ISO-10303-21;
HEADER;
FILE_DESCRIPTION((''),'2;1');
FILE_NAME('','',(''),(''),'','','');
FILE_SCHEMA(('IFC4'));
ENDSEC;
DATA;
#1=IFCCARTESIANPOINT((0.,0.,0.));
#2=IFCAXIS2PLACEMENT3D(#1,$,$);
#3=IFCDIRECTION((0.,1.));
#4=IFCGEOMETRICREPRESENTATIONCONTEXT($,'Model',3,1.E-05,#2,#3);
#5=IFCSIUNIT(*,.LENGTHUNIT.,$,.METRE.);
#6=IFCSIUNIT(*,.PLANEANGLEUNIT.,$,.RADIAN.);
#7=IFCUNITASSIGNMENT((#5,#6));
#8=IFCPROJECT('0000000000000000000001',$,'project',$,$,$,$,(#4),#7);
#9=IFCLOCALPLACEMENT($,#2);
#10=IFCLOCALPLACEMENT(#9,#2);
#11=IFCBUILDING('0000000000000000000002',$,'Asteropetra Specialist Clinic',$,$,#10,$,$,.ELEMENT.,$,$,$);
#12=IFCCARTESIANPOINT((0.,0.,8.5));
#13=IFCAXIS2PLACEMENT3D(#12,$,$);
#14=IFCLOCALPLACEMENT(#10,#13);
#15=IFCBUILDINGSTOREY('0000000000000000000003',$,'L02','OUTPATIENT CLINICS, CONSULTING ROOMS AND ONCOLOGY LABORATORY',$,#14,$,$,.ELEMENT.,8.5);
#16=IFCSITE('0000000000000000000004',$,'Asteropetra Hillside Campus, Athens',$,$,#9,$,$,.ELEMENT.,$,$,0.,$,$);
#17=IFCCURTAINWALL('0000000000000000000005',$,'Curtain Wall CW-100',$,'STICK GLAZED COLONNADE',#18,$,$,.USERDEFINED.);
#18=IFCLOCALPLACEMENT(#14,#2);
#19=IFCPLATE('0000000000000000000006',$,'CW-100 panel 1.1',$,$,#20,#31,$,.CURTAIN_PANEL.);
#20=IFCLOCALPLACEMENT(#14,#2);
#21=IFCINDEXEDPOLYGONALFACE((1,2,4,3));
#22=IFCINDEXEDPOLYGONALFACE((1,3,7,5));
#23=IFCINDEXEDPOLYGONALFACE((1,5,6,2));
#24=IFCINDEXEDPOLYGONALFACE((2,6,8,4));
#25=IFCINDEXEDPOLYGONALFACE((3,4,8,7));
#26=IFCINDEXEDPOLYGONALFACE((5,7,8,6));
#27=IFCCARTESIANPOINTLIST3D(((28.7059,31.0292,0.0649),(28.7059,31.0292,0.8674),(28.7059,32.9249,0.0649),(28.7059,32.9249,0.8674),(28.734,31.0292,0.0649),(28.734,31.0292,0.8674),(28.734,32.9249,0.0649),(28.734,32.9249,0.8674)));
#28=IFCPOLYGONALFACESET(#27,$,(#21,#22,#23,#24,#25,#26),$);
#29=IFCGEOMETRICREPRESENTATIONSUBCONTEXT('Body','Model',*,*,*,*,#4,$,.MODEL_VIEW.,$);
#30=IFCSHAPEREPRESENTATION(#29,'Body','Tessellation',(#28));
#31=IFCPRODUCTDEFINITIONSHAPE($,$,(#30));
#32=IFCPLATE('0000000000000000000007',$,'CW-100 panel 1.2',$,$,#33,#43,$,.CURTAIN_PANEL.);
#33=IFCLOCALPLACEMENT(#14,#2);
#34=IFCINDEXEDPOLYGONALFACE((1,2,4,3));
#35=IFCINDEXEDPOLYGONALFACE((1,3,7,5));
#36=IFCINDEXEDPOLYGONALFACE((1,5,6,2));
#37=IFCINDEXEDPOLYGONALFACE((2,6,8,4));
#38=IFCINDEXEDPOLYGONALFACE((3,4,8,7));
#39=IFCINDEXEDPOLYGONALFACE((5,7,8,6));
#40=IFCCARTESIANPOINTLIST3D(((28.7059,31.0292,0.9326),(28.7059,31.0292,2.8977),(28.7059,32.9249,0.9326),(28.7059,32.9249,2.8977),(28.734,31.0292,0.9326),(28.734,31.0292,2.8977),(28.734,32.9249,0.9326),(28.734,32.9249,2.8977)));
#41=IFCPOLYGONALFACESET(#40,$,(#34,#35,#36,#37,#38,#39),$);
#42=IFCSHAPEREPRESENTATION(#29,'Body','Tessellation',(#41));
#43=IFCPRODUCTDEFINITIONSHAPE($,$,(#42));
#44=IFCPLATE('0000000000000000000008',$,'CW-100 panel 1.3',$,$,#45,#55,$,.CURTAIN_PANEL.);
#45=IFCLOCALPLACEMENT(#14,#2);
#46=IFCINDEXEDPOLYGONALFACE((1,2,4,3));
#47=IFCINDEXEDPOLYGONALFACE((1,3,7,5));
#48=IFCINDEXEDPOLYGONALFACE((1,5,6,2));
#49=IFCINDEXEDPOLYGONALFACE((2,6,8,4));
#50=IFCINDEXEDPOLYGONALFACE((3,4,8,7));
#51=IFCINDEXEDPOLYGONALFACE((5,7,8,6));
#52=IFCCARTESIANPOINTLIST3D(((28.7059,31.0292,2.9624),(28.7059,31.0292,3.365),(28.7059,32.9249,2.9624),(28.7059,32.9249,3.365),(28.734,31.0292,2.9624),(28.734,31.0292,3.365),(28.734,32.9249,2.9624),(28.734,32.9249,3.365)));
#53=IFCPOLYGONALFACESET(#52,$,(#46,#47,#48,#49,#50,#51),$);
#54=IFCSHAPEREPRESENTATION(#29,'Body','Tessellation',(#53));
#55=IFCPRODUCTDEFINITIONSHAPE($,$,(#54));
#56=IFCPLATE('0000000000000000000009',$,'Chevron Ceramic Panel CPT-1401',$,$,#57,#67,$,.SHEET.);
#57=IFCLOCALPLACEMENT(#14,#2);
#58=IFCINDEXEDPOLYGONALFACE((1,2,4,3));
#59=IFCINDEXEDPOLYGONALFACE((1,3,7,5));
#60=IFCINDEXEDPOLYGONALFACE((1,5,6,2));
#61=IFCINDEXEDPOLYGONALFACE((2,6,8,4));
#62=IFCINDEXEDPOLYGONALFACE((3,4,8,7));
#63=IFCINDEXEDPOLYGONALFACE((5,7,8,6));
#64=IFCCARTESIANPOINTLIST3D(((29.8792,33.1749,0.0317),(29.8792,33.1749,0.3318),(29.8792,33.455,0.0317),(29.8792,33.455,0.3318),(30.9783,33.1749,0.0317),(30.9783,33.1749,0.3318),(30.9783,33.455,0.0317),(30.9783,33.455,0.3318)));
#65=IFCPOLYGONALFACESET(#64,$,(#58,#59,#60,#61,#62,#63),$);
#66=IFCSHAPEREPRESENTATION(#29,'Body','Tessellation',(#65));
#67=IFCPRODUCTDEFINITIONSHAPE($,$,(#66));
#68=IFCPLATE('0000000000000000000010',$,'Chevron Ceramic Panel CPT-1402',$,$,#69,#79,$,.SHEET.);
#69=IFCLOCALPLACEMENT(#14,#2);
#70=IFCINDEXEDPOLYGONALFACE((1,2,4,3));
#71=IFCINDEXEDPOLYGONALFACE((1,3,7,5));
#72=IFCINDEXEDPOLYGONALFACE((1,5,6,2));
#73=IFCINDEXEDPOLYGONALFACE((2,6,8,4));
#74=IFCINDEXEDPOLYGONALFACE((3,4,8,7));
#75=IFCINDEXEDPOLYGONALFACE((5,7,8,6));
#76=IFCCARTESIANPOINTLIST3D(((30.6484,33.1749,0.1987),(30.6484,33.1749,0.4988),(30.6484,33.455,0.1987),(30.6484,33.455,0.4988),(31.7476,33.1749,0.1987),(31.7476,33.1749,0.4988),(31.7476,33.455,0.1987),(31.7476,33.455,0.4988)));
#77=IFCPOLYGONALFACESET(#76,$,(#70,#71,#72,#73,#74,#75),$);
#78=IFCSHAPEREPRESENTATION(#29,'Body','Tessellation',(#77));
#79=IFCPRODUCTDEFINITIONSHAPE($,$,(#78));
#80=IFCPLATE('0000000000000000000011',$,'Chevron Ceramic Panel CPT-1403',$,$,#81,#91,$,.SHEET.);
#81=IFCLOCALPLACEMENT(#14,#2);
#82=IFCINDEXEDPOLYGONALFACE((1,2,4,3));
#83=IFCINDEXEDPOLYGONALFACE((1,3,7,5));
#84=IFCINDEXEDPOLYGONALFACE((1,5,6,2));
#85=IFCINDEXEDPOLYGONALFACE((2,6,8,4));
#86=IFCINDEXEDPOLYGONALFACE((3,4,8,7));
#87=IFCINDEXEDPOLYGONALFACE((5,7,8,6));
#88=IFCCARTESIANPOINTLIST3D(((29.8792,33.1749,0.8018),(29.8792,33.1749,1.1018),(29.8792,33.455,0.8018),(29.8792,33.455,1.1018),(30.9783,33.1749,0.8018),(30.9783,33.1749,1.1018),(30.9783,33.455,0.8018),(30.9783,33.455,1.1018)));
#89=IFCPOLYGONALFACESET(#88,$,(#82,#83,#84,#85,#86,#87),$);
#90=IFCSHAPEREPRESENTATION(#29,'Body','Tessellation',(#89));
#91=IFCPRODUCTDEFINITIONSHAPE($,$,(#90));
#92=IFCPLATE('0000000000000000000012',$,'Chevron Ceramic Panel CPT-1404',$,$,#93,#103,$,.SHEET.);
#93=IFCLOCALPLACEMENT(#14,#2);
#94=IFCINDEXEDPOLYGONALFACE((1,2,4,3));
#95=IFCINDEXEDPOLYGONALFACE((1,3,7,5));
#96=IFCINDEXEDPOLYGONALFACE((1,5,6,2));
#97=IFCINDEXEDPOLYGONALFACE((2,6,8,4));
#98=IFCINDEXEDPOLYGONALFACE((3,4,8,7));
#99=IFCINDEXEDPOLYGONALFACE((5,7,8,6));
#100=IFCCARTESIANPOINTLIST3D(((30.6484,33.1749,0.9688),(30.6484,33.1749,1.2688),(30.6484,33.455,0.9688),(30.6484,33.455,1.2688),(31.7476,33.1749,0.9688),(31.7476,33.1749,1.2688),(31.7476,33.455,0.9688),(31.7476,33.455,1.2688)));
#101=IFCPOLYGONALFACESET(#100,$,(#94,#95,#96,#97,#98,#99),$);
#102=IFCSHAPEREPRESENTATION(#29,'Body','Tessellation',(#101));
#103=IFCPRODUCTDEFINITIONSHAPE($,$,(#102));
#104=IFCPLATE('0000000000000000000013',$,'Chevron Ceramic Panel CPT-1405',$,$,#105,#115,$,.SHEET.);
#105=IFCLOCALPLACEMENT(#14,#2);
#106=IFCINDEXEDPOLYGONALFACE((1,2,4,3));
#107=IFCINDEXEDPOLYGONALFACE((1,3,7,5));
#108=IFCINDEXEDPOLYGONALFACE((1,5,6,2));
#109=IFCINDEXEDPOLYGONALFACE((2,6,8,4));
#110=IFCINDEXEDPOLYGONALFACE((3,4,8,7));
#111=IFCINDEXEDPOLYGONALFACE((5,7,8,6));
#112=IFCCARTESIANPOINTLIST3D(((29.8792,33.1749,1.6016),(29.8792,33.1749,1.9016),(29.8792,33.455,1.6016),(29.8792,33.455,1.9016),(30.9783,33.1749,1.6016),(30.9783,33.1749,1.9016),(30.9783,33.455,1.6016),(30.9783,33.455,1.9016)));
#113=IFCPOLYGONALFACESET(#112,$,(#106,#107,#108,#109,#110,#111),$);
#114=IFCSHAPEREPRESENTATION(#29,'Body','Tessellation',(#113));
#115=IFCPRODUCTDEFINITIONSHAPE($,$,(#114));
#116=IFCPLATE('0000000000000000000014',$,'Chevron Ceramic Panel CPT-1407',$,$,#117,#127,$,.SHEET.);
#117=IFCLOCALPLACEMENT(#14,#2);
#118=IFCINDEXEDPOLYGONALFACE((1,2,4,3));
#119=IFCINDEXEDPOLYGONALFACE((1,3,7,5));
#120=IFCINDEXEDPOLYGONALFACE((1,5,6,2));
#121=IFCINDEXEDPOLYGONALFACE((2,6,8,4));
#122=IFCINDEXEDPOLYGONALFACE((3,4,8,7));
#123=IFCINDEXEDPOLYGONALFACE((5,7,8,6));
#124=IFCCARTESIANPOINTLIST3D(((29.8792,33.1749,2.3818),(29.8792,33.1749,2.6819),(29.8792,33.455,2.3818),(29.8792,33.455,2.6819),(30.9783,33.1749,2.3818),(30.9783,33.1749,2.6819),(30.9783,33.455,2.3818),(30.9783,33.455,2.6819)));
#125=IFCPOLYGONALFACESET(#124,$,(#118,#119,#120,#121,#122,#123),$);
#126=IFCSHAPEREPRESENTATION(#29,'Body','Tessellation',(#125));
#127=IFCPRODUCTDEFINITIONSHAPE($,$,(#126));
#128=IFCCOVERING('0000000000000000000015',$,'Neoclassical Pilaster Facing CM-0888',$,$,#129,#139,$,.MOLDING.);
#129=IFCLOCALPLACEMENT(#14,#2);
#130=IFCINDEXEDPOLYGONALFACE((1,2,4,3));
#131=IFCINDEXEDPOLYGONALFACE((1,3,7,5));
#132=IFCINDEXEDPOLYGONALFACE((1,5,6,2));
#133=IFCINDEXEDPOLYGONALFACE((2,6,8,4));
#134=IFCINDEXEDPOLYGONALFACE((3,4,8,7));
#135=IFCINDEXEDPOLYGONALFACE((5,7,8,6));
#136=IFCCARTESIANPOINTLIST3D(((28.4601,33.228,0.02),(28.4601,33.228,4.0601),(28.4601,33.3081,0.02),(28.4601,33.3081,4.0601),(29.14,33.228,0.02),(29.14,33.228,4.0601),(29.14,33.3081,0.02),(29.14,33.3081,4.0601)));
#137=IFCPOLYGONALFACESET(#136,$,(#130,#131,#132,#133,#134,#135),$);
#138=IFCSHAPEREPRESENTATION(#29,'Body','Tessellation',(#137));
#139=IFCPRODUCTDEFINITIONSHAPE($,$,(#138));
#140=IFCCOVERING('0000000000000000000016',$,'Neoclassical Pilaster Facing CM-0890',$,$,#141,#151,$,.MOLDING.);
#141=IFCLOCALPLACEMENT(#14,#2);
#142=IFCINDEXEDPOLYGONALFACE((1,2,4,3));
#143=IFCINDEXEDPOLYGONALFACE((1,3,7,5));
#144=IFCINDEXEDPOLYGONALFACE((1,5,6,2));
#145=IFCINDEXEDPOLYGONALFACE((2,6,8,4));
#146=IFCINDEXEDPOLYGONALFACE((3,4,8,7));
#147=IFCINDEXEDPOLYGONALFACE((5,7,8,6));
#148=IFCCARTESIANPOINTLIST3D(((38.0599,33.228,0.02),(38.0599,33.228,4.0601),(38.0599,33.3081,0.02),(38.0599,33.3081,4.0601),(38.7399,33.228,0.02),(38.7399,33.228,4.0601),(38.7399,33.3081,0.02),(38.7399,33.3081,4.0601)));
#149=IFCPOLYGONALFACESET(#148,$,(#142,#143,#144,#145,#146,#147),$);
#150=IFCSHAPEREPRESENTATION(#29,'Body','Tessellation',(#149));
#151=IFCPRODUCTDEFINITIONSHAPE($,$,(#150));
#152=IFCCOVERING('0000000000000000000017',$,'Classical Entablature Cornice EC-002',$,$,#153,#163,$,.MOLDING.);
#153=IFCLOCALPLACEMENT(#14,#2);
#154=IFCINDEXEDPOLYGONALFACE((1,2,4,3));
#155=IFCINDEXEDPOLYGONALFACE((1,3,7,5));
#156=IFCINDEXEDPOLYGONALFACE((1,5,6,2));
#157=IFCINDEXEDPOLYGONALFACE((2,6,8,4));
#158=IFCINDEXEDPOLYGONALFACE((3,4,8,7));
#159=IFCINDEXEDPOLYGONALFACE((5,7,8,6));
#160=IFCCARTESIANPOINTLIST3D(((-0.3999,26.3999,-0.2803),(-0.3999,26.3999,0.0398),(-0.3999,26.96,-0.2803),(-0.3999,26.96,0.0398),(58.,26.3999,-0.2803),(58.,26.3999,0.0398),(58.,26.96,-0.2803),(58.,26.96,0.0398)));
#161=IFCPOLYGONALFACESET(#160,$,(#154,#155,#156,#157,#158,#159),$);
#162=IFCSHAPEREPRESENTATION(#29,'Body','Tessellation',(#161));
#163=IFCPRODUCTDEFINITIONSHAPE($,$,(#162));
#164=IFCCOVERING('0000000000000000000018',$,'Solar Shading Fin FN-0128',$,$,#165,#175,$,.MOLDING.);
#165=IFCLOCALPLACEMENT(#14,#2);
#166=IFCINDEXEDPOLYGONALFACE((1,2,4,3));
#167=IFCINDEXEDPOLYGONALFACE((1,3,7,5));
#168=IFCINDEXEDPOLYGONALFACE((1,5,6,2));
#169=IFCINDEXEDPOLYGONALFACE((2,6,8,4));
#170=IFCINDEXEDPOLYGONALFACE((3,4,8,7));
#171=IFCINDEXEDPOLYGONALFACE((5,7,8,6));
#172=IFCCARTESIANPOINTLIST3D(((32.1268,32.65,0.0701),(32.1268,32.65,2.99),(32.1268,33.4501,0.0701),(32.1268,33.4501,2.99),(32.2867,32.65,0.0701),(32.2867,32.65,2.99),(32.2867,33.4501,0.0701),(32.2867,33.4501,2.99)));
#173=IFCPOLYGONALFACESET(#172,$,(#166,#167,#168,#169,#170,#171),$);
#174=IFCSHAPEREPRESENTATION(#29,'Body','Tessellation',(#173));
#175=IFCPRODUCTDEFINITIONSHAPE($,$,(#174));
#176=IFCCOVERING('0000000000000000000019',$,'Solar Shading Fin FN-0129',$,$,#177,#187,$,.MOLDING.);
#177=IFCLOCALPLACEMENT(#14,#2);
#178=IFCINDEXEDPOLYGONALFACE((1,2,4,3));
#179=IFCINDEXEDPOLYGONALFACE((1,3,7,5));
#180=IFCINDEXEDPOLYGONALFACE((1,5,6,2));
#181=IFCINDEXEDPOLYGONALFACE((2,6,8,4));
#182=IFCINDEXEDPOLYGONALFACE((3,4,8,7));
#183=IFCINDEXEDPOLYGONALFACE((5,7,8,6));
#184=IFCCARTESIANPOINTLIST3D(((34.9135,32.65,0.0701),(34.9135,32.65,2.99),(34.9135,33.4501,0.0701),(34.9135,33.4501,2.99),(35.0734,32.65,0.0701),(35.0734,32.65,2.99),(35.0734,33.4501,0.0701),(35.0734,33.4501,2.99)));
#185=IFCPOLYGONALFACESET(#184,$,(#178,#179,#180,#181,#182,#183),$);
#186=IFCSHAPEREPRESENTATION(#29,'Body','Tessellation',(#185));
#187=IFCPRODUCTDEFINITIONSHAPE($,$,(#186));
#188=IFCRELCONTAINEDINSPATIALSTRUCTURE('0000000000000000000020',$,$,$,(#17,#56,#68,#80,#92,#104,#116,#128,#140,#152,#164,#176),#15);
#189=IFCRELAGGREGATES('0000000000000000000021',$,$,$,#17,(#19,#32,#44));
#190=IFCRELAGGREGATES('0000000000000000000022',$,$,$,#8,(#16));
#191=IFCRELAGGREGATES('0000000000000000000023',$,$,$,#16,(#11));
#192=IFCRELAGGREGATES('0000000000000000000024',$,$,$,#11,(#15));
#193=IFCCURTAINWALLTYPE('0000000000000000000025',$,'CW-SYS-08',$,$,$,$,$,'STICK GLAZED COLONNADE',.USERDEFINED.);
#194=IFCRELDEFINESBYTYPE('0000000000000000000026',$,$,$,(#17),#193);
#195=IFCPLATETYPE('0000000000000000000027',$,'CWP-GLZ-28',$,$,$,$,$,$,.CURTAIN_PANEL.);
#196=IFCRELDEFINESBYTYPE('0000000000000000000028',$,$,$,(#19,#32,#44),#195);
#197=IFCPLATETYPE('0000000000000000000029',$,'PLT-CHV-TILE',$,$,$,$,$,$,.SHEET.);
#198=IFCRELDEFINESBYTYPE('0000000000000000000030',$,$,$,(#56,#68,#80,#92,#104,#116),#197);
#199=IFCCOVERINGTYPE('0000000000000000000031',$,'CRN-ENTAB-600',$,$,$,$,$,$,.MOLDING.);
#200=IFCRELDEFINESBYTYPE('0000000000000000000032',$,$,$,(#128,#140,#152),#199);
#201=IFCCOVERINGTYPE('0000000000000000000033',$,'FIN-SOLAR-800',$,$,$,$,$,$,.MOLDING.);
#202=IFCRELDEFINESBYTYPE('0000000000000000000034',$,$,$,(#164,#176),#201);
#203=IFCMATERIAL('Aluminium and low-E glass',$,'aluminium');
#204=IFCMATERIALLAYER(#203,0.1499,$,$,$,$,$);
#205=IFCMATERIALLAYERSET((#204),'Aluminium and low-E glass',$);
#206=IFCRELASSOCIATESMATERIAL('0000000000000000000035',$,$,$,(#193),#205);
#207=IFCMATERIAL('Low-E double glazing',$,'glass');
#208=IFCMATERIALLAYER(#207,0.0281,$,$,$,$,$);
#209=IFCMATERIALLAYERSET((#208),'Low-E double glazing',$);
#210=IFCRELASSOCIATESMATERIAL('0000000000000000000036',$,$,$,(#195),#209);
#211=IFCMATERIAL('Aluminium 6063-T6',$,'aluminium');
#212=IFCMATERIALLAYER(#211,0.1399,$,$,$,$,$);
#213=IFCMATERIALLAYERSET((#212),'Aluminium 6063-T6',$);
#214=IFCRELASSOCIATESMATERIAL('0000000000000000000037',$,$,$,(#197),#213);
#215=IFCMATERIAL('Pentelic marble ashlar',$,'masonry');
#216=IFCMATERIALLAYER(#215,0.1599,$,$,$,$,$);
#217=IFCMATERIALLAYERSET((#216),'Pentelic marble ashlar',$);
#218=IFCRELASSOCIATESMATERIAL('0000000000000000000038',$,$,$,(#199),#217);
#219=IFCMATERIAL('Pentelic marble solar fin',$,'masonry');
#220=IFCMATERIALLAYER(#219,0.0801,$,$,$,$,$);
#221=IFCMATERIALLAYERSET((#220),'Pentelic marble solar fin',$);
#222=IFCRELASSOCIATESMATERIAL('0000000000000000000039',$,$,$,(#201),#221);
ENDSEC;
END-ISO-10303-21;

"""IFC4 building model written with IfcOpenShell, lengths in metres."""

from ifc_helpers import new_model, si_unit, direction, frame, origin, origin_2d, place, context, subcontext, project, spatial, rectangle, extrude, material, layer, layer_set, type_object, element, aggregate, save


model = new_model("IFC4")

# Units and contexts
model_context = context("Model", 3, precision=1e-05, world=origin(), true_north=direction((0.0, 1.0)))
body_context = subcontext(model_context, "Body", "Model", "MODEL_VIEW")
ifc_project = project(units=[si_unit("LENGTHUNIT", "METRE"), si_unit("PLANEANGLEUNIT", "RADIAN")], contexts=[model_context])

# Site, building, storey
site_placement = place(None, origin())
site = spatial("IfcSite", under=ifc_project, at=site_placement, Name="Asteropetra Hillside Campus, Athens", CompositionType="ELEMENT", RefElevation=0.0)
building_placement = place(site_placement, origin())
building = spatial("IfcBuilding", under=site, at=building_placement, Name="Asteropetra Specialist Clinic", CompositionType="ELEMENT")
storey_placement = place(building_placement, frame((0.0, 0.0, 8.5)))
storey = spatial("IfcBuildingStorey", under=building, at=storey_placement, Name="L02", Description="OUTPATIENT CLINICS, CONSULTING ROOMS AND ONCOLOGY LABORATORY", CompositionType="ELEMENT", Elevation=8.5)

# Curtain wall
ifc_material_1 = material(Name="Aluminium and low-E glass", Category="aluminium")
ifc_layer_1 = layer(ifc_material_1, 0.1499)
ifc_layer_set_1 = layer_set([ifc_layer_1], Name="Aluminium and low-E glass")
curtain_wall_type = type_object("IfcCurtainWallType", Name="CW-SYS-08", ElementType="STICK GLAZED COLONNADE", PredefinedType="USERDEFINED", material=ifc_layer_set_1)
curtain_wall_placement = place(storey_placement, origin())
curtain_wall = element("IfcCurtainWall", 1, at=curtain_wall_placement, inside=storey, type_object=curtain_wall_type, Name="Curtain Wall CW-100", ObjectType="STICK GLAZED COLONNADE", PredefinedType="USERDEFINED")

# Plates
ifc_material_2 = material(Name="Low-E double glazing", Category="glass")
ifc_layer_2 = layer(ifc_material_2, 0.0281)
ifc_layer_set_2 = layer_set([ifc_layer_2], Name="Low-E double glazing")
plate_type_1 = type_object("IfcPlateType", Name="CWP-GLZ-28", PredefinedType="CURTAIN_PANEL", material=ifc_layer_set_2)
plate_1_placement = place(storey_placement, frame((28.72, 31.9771, 0.0649), z_axis=(0.0, 0.0, 1.0), x_axis=(0.0, -1.0, 0.0)))
plate_1 = element("IfcPlate", 2, at=plate_1_placement, type_object=plate_type_1, Name="CW-100 panel 1.1", PredefinedType="CURTAIN_PANEL", context=body_context, shape_type="SweptSolid", body=[
    extrude(rectangle(XDim=1.8958, YDim=0.0281, at=origin_2d()), origin(), (0.0, 0.0, 1.0), 0.8025),
])
plate_2_placement = place(storey_placement, frame((28.72, 31.9771, 0.9326), z_axis=(0.0, 0.0, 1.0), x_axis=(0.0, -1.0, 0.0)))
plate_2 = element("IfcPlate", 3, at=plate_2_placement, type_object=plate_type_1, Name="CW-100 panel 1.2", PredefinedType="CURTAIN_PANEL", context=body_context, shape_type="SweptSolid", body=[
    extrude(rectangle(XDim=1.8958, YDim=0.0281, at=origin_2d()), origin(), (0.0, 0.0, 1.0), 1.9651),
])
plate_3_placement = place(storey_placement, frame((28.72, 31.9771, 2.9624), z_axis=(0.0, 0.0, 1.0), x_axis=(0.0, -1.0, 0.0)))
plate_3 = element("IfcPlate", 4, at=plate_3_placement, type_object=plate_type_1, Name="CW-100 panel 1.3", PredefinedType="CURTAIN_PANEL", context=body_context, shape_type="SweptSolid", body=[
    extrude(rectangle(XDim=1.8958, YDim=0.0281, at=origin_2d()), origin(), (0.0, 0.0, 1.0), 0.4026),
])
aggregate(curtain_wall, [plate_1, plate_2, plate_3])

# Plates
ifc_material_3 = material(Name="Aluminium 6063-T6", Category="aluminium")
ifc_layer_3 = layer(ifc_material_3, 0.1399)
ifc_layer_set_3 = layer_set([ifc_layer_3], Name="Aluminium 6063-T6")
plate_type_2 = type_object("IfcPlateType", Name="PLT-CHV-TILE", PredefinedType="SHEET", material=ifc_layer_set_3)
for number, where, z_axis, x_axis, name in (
    (5, (30.4287, 33.3149, 0.0317), (0.0, 0.0, 1.0), (1.0, 0.0, 0.0), "Chevron Ceramic Panel CPT-1401"),
    (6, (31.198, 33.3149, 0.1987), (0.0, 0.0, 1.0), (1.0, 0.0, 0.0), "Chevron Ceramic Panel CPT-1402"),
    (7, (30.4287, 33.3149, 0.8018), (0.0, 0.0, 1.0), (1.0, 0.0, 0.0), "Chevron Ceramic Panel CPT-1403"),
    (8, (31.198, 33.3149, 0.9688), (0.0, 0.0, 1.0), (1.0, 0.0, 0.0), "Chevron Ceramic Panel CPT-1404"),
    (9, (30.4287, 33.3149, 1.6016), (0.0, 0.0, 1.0), (1.0, 0.0, 0.0), "Chevron Ceramic Panel CPT-1405"),
    (10, (30.4287, 33.3149, 2.3818), (0.0, 0.0, 1.0), (1.0, 0.0, 0.0), "Chevron Ceramic Panel CPT-1407"),
):
    element("IfcPlate", number, at=place(storey_placement, frame(where, z_axis=z_axis, x_axis=x_axis)), inside=storey, type_object=plate_type_2, Name=name, PredefinedType="SHEET", context=body_context, shape_type="SweptSolid", body=[
        extrude(rectangle(XDim=1.0991, YDim=0.28, at=origin_2d()), origin(), (0.0, 0.0, 1.0), 0.3),
    ])

# Coverings
ifc_material_4 = material(Name="Pentelic marble ashlar", Category="masonry")
ifc_layer_4 = layer(ifc_material_4, 0.1599)
ifc_layer_set_4 = layer_set([ifc_layer_4], Name="Pentelic marble ashlar")
covering_type_1 = type_object("IfcCoveringType", Name="CRN-ENTAB-600", PredefinedType="MOLDING", material=ifc_layer_set_4)
for number, where, z_axis, x_axis, name in (
    (11, (28.8, 33.2681, 0.02), (0.0, 0.0, 1.0), (1.0, 0.0, 0.0), "Neoclassical Pilaster Facing CM-0888"),
    (12, (38.3999, 33.2681, 0.02), (0.0, 0.0, 1.0), (1.0, 0.0, 0.0), "Neoclassical Pilaster Facing CM-0890"),
):
    element("IfcCovering", number, at=place(storey_placement, frame(where, z_axis=z_axis, x_axis=x_axis)), inside=storey, type_object=covering_type_1, Name=name, PredefinedType="MOLDING", context=body_context, shape_type="SweptSolid", body=[
        extrude(rectangle(XDim=0.6799, YDim=0.0801, at=origin_2d()), origin(), (0.0, 0.0, 1.0), 4.04),
    ])
covering_placement = place(storey_placement, frame((28.8, 26.6799, -0.2803), z_axis=(0.0, 0.0, 1.0), x_axis=(1.0, 0.0, 0.0)))
element("IfcCovering", 13, at=covering_placement, inside=storey, type_object=covering_type_1, Name="Classical Entablature Cornice EC-002", PredefinedType="MOLDING", context=body_context, shape_type="SweptSolid", body=[
    extrude(rectangle(XDim=58.3999, YDim=0.5601, at=origin_2d()), origin(), (0.0, 0.0, 1.0), 0.3201),
])
ifc_material_5 = material(Name="Pentelic marble solar fin", Category="masonry")
ifc_layer_5 = layer(ifc_material_5, 0.0801)
ifc_layer_set_5 = layer_set([ifc_layer_5], Name="Pentelic marble solar fin")
covering_type_2 = type_object("IfcCoveringType", Name="FIN-SOLAR-800", PredefinedType="MOLDING", material=ifc_layer_set_5)
for number, where, z_axis, x_axis, name in (
    (14, (32.2068, 33.05, 0.0701), (0.0, 0.0, 1.0), (1.0, 0.0, 0.0), "Solar Shading Fin FN-0128"),
    (15, (34.9934, 33.05, 0.0701), (0.0, 0.0, 1.0), (1.0, 0.0, 0.0), "Solar Shading Fin FN-0129"),
):
    element("IfcCovering", number, at=place(storey_placement, frame(where, z_axis=z_axis, x_axis=x_axis)), inside=storey, type_object=covering_type_2, Name=name, PredefinedType="MOLDING", context=body_context, shape_type="SweptSolid", body=[
        extrude(rectangle(XDim=0.1599, YDim=0.8, at=origin_2d()), origin(), (0.0, 0.0, 1.0), 2.9199),
    ])

save(model, "model.ifc")
